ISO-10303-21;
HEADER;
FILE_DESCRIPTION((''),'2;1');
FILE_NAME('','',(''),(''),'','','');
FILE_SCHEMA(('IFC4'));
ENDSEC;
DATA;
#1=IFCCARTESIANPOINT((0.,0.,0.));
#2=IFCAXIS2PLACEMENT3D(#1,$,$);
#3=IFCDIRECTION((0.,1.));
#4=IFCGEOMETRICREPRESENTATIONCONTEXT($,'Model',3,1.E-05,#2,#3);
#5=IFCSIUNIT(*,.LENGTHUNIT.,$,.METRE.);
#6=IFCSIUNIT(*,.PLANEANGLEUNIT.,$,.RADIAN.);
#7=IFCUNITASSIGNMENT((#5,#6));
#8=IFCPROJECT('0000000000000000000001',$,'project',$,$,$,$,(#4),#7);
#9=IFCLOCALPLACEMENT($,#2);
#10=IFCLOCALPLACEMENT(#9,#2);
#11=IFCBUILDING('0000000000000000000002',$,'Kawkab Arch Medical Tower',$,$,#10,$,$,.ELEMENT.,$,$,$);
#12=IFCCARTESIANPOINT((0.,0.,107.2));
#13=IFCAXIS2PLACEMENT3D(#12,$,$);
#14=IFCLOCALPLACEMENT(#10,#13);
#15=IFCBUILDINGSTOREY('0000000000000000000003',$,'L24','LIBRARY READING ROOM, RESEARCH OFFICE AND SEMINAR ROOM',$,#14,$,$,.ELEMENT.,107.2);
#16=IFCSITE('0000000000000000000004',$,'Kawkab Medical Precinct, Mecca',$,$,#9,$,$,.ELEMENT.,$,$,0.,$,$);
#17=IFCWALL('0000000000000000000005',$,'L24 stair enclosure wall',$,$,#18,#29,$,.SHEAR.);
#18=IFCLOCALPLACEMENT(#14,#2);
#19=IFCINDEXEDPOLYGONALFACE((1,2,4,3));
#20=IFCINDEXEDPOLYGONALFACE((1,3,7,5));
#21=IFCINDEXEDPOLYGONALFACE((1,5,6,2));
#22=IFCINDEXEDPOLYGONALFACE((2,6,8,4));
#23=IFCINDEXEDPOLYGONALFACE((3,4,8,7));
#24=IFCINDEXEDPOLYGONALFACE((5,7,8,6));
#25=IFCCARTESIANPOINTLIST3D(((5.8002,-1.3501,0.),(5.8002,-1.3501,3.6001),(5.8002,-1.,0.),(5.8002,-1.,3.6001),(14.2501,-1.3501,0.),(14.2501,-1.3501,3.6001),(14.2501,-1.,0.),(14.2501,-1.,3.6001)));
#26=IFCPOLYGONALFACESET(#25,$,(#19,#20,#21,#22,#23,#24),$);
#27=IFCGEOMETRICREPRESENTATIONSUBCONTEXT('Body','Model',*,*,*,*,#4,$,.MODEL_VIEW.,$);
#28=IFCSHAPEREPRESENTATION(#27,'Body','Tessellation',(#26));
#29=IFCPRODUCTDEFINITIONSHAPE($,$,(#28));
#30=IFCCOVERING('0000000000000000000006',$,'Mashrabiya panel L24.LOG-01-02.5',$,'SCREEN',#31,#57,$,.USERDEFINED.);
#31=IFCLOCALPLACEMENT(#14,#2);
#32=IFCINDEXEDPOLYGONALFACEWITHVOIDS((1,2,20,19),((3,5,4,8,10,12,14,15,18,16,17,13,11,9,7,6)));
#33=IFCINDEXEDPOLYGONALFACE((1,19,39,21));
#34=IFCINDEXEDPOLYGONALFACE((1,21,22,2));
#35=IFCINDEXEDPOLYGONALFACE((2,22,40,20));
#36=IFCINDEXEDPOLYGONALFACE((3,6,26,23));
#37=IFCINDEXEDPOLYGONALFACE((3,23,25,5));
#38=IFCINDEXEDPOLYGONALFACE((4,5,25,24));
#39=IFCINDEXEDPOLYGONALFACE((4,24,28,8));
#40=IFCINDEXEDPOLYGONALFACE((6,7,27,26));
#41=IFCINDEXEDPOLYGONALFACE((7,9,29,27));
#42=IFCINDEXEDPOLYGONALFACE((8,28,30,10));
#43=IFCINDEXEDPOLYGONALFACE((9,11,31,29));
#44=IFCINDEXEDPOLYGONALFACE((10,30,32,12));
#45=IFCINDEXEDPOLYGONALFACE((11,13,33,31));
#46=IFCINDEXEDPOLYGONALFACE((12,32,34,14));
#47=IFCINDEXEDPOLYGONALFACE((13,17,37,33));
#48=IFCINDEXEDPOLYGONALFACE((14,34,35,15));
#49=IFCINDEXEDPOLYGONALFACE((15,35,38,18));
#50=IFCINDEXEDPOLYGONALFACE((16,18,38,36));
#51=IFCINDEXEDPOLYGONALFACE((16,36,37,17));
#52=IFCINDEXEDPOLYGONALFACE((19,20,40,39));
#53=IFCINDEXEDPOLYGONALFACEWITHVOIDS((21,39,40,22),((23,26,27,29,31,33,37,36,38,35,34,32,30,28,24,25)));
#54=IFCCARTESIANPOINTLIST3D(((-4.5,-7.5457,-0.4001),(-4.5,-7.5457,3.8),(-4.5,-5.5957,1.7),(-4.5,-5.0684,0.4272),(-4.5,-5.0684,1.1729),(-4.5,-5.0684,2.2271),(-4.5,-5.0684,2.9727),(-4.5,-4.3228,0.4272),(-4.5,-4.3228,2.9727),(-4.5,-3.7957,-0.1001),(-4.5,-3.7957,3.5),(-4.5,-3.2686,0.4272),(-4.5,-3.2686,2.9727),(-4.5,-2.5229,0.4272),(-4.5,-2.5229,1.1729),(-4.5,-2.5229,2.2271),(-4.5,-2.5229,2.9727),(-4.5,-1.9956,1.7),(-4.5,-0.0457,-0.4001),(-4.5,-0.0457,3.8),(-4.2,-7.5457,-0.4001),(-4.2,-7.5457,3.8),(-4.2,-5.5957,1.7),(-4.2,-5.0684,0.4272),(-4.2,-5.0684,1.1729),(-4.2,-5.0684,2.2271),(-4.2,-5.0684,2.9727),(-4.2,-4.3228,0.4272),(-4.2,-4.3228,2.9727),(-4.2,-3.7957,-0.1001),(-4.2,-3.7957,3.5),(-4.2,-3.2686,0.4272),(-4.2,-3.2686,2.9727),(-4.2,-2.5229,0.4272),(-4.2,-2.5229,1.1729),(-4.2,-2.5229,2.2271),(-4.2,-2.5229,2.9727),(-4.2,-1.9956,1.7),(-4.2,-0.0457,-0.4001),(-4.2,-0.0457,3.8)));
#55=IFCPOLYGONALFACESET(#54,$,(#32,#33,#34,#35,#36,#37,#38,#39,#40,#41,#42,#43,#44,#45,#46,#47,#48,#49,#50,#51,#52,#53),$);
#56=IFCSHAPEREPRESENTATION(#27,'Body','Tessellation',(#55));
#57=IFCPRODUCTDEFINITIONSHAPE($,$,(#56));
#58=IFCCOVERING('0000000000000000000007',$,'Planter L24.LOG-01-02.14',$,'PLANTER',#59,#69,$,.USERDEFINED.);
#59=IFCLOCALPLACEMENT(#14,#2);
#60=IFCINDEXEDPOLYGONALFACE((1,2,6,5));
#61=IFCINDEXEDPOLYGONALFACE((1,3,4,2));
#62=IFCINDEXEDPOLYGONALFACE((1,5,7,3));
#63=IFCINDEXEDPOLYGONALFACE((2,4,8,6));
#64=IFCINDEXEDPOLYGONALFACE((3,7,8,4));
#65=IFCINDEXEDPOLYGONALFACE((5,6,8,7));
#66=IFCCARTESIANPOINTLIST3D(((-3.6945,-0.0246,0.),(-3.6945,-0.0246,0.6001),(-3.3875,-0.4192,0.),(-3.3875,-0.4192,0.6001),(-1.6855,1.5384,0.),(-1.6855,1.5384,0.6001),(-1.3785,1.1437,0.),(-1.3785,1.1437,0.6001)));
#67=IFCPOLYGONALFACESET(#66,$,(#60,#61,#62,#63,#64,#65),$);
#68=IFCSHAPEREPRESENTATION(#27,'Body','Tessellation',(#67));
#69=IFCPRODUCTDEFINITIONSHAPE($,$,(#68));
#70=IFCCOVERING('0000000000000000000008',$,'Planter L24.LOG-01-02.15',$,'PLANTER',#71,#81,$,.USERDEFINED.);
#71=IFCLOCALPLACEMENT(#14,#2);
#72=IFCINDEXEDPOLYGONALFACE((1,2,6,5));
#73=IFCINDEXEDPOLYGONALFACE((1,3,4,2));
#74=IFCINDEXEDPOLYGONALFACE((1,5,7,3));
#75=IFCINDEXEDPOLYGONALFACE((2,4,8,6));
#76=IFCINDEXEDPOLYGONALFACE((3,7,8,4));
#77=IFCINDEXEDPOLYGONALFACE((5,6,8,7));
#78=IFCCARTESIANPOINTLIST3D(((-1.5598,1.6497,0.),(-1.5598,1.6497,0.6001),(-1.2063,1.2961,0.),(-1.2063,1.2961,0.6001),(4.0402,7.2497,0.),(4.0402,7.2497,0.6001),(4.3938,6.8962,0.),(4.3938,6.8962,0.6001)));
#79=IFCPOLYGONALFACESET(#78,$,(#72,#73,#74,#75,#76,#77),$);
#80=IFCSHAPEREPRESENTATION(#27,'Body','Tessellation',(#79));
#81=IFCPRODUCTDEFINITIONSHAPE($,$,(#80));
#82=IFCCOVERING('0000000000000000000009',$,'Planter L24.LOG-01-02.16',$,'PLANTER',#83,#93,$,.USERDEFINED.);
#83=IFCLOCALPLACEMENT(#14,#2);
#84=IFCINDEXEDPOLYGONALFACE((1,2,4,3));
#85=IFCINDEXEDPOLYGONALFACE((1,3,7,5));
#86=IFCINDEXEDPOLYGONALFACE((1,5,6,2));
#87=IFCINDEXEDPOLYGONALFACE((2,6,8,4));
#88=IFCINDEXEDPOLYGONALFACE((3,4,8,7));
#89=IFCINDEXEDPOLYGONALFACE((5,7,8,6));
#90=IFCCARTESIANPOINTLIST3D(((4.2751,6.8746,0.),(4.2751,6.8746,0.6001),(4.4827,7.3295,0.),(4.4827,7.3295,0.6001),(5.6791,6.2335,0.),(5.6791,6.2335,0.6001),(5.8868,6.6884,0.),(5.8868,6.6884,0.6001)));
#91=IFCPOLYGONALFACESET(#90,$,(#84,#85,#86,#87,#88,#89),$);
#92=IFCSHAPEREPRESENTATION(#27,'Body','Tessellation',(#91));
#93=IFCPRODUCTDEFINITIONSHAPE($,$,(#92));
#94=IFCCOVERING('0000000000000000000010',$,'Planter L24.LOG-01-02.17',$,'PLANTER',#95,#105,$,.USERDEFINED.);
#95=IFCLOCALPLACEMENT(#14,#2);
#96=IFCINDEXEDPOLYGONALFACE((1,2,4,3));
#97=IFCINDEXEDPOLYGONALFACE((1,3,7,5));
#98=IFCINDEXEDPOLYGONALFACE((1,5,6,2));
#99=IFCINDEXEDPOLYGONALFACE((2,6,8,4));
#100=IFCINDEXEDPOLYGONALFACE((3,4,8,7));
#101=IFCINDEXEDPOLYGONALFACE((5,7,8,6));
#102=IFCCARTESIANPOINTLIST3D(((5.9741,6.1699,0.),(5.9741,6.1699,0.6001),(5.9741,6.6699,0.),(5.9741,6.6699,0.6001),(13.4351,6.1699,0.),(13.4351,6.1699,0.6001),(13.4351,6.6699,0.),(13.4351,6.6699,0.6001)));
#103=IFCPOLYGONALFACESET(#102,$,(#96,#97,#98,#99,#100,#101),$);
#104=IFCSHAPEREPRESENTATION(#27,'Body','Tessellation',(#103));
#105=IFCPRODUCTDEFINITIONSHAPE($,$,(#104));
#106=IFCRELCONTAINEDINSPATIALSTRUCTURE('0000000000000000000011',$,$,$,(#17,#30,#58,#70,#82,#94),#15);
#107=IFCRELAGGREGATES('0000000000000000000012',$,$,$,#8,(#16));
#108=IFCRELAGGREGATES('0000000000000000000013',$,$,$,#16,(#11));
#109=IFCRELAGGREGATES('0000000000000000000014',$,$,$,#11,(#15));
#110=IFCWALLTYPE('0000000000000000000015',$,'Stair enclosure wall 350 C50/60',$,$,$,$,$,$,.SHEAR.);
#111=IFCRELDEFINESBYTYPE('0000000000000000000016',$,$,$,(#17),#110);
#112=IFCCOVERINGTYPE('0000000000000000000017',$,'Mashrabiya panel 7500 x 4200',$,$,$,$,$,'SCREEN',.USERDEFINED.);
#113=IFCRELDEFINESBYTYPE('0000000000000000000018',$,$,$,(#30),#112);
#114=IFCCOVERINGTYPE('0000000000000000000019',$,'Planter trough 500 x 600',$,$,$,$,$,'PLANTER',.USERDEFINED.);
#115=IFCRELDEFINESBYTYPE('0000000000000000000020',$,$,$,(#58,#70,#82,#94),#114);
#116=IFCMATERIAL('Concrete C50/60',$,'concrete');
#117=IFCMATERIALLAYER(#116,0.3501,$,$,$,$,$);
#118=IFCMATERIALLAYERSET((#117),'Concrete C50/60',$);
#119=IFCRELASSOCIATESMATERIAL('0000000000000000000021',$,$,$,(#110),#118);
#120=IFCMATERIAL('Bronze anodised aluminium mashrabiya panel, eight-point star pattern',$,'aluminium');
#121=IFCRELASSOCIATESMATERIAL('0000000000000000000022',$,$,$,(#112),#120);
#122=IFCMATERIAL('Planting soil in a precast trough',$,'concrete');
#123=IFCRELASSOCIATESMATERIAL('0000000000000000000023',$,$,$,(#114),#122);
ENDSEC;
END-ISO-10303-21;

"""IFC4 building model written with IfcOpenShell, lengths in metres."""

from ifc_helpers import new_model, si_unit, direction, frame, frame_2d, origin, origin_2d, place, context, subcontext, project, spatial, polyline, rectangle, outline, extrude, material, layer, layer_set, material_profile, profile_set, type_object, element, save


model = new_model("IFC4")

# Units and contexts
model_context = context("Model", 3, precision=1e-05, world=origin(), true_north=direction((0.0, 1.0)))
body_context = subcontext(model_context, "Body", "Model", "MODEL_VIEW")
ifc_project = project(units=[si_unit("LENGTHUNIT", "METRE"), si_unit("PLANEANGLEUNIT", "RADIAN")], contexts=[model_context])

# Site, building, storey
site_placement = place(None, origin())
site = spatial("IfcSite", under=ifc_project, at=site_placement, Name="Kawkab Medical Precinct, Mecca", CompositionType="ELEMENT", RefElevation=0.0)
building_placement = place(site_placement, origin())
building = spatial("IfcBuilding", under=site, at=building_placement, Name="Kawkab Arch Medical Tower", CompositionType="ELEMENT")
storey_placement = place(building_placement, frame((0.0, 0.0, 107.2)))
storey = spatial("IfcBuildingStorey", under=building, at=storey_placement, Name="L24", Description="LIBRARY READING ROOM, RESEARCH OFFICE AND SEMINAR ROOM", CompositionType="ELEMENT", Elevation=107.2)

# Wall
ifc_material_1 = material(Name="Concrete C50/60", Category="concrete")
ifc_layer_1 = layer(ifc_material_1, 0.3501)
ifc_layer_set_1 = layer_set([ifc_layer_1], Name="Concrete C50/60")
wall_type_1 = type_object("IfcWallType", Name="Stair enclosure wall 350 C50/60", PredefinedType="SHEAR", material=ifc_layer_set_1)
wall_1_placement = place(storey_placement, frame((5.8, -1.175, 0.0), z_axis=(0.0, 0.0, 1.0), x_axis=(1.0, 0.0, 0.0)))
element("IfcWall", 1, at=wall_1_placement, inside=storey, type_object=wall_type_1, Name="L24 stair enclosure wall", PredefinedType="SHEAR", context=body_context, shape_type="SweptSolid", body=[
    extrude(rectangle(XDim=8.45, YDim=0.3501, at=frame_2d((4.2251, 0.0))), origin(), (0.0, 0.0, 1.0), 3.6001),
])

# Coverings
ifc_material_2 = material(Name="Bronze anodised aluminium mashrabiya panel, eight-point star pattern", Category="aluminium")
ifc_material_profile_1 = material_profile(ifc_material_2, outline(polyline([(-3.75, -2.1001), (3.75, -2.1001), (3.75, 2.1001), (-3.75, 2.1001), (-3.75, -2.1001)]), holes=[polyline([(1.8, 0.0), (1.2727, 0.5271), (1.2727, 1.2727), (0.5271, 1.2727), (0.0, 1.8), (-0.5271, 1.2727), (-1.2727, 1.2727), (-1.2727, 0.5271), (-1.8, 0.0), (-1.2727, -0.5271), (-1.2727, -1.2727), (-0.5271, -1.2727), (0.0, -1.8), (0.5271, -1.2727), (1.2727, -1.2727), (1.2727, -0.5271), (1.8, 0.0)])]), Name="Mashrabiya panel 7500x4200")
ifc_profile_set_1 = profile_set([ifc_material_profile_1], Name="Bronze anodised aluminium mashrabiya panel, eight-point star pattern")
covering_type_1 = type_object("IfcCoveringType", Name="Mashrabiya panel 7500 x 4200", ElementType="SCREEN", PredefinedType="USERDEFINED", material=ifc_profile_set_1)
covering_1_placement = place(storey_placement, frame((-4.2, -3.7957, 1.7), z_axis=(-1.0, 0.0, 0.0), x_axis=(0.0, -1.0, 0.0)))
element("IfcCovering", 2, at=covering_1_placement, inside=storey, type_object=covering_type_1, Name="Mashrabiya panel L24.LOG-01-02.5", ObjectType="SCREEN", PredefinedType="USERDEFINED", context=body_context, shape_type="SweptSolid", body=[
    extrude(outline(polyline([(-3.75, -2.1001), (3.75, -2.1001), (3.75, 2.1001), (-3.75, 2.1001), (-3.75, -2.1001)]), holes=[polyline([(1.8, 0.0), (1.2727, 0.5271), (1.2727, 1.2727), (0.5271, 1.2727), (0.0, 1.8), (-0.5271, 1.2727), (-1.2727, 1.2727), (-1.2727, 0.5271), (-1.8, 0.0), (-1.2727, -0.5271), (-1.2727, -1.2727), (-0.5271, -1.2727), (0.0, -1.8), (0.5271, -1.2727), (1.2727, -1.2727), (1.2727, -0.5271), (1.8, 0.0)])]), origin(), (0.0, 0.0, 1.0), 0.3),
])
ifc_material_3 = material(Name="Planting soil in a precast trough", Category="concrete")
ifc_material_profile_2 = material_profile(ifc_material_3, rectangle(XDim=0.5, YDim=0.6001, at=origin_2d()), Name="Trough 500x600")
ifc_profile_set_2 = profile_set([ifc_material_profile_2], Name="Planting soil in a precast trough")
covering_type_2 = type_object("IfcCoveringType", Name="Planter trough 500 x 600", ElementType="PLANTER", PredefinedType="USERDEFINED", material=ifc_profile_set_2)
covering_2_placement = place(storey_placement, frame((-3.541, -0.2219, 0.3), z_axis=(0.789275, 0.61404, 0.0), x_axis=(-0.61404, 0.789275, 0.0)))
element("IfcCovering", 3, at=covering_2_placement, inside=storey, type_object=covering_type_2, Name="Planter L24.LOG-01-02.14", ObjectType="PLANTER", PredefinedType="USERDEFINED", context=body_context, shape_type="SweptSolid", body=[
    extrude(rectangle(XDim=0.5, YDim=0.6001, at=origin_2d()), origin(), (0.0, 0.0, 1.0), 2.5454),
])
covering_3_placement = place(storey_placement, frame((-1.3831, 1.4729, 0.3), z_axis=(0.707107, 0.707107, 0.0), x_axis=(-0.707107, 0.707107, 0.0)))
element("IfcCovering", 4, at=covering_3_placement, inside=storey, type_object=covering_type_2, Name="Planter L24.LOG-01-02.15", ObjectType="PLANTER", PredefinedType="USERDEFINED", context=body_context, shape_type="SweptSolid", body=[
    extrude(rectangle(XDim=0.5, YDim=0.6001, at=origin_2d()), origin(), (0.0, 0.0, 1.0), 7.9197),
])
covering_4_placement = place(storey_placement, frame((4.3789, 7.1021, 0.3), z_axis=(0.909656, -0.415363, 0.0), x_axis=(0.415363, 0.909656, 0.0)))
element("IfcCovering", 5, at=covering_4_placement, inside=storey, type_object=covering_type_2, Name="Planter L24.LOG-01-02.16", ObjectType="PLANTER", PredefinedType="USERDEFINED", context=body_context, shape_type="SweptSolid", body=[
    extrude(rectangle(XDim=0.5, YDim=0.6001, at=origin_2d()), origin(), (0.0, 0.0, 1.0), 1.5435),
])
covering_5_placement = place(storey_placement, frame((5.9741, 6.4199, 0.3), z_axis=(1.0, 0.0, 0.0), x_axis=(0.0, 1.0, 0.0)))
element("IfcCovering", 6, at=covering_5_placement, inside=storey, type_object=covering_type_2, Name="Planter L24.LOG-01-02.17", ObjectType="PLANTER", PredefinedType="USERDEFINED", context=body_context, shape_type="SweptSolid", body=[
    extrude(rectangle(XDim=0.5, YDim=0.6001, at=origin_2d()), origin(), (0.0, 0.0, 1.0), 7.4609),
])

save(model, "model.ifc")
